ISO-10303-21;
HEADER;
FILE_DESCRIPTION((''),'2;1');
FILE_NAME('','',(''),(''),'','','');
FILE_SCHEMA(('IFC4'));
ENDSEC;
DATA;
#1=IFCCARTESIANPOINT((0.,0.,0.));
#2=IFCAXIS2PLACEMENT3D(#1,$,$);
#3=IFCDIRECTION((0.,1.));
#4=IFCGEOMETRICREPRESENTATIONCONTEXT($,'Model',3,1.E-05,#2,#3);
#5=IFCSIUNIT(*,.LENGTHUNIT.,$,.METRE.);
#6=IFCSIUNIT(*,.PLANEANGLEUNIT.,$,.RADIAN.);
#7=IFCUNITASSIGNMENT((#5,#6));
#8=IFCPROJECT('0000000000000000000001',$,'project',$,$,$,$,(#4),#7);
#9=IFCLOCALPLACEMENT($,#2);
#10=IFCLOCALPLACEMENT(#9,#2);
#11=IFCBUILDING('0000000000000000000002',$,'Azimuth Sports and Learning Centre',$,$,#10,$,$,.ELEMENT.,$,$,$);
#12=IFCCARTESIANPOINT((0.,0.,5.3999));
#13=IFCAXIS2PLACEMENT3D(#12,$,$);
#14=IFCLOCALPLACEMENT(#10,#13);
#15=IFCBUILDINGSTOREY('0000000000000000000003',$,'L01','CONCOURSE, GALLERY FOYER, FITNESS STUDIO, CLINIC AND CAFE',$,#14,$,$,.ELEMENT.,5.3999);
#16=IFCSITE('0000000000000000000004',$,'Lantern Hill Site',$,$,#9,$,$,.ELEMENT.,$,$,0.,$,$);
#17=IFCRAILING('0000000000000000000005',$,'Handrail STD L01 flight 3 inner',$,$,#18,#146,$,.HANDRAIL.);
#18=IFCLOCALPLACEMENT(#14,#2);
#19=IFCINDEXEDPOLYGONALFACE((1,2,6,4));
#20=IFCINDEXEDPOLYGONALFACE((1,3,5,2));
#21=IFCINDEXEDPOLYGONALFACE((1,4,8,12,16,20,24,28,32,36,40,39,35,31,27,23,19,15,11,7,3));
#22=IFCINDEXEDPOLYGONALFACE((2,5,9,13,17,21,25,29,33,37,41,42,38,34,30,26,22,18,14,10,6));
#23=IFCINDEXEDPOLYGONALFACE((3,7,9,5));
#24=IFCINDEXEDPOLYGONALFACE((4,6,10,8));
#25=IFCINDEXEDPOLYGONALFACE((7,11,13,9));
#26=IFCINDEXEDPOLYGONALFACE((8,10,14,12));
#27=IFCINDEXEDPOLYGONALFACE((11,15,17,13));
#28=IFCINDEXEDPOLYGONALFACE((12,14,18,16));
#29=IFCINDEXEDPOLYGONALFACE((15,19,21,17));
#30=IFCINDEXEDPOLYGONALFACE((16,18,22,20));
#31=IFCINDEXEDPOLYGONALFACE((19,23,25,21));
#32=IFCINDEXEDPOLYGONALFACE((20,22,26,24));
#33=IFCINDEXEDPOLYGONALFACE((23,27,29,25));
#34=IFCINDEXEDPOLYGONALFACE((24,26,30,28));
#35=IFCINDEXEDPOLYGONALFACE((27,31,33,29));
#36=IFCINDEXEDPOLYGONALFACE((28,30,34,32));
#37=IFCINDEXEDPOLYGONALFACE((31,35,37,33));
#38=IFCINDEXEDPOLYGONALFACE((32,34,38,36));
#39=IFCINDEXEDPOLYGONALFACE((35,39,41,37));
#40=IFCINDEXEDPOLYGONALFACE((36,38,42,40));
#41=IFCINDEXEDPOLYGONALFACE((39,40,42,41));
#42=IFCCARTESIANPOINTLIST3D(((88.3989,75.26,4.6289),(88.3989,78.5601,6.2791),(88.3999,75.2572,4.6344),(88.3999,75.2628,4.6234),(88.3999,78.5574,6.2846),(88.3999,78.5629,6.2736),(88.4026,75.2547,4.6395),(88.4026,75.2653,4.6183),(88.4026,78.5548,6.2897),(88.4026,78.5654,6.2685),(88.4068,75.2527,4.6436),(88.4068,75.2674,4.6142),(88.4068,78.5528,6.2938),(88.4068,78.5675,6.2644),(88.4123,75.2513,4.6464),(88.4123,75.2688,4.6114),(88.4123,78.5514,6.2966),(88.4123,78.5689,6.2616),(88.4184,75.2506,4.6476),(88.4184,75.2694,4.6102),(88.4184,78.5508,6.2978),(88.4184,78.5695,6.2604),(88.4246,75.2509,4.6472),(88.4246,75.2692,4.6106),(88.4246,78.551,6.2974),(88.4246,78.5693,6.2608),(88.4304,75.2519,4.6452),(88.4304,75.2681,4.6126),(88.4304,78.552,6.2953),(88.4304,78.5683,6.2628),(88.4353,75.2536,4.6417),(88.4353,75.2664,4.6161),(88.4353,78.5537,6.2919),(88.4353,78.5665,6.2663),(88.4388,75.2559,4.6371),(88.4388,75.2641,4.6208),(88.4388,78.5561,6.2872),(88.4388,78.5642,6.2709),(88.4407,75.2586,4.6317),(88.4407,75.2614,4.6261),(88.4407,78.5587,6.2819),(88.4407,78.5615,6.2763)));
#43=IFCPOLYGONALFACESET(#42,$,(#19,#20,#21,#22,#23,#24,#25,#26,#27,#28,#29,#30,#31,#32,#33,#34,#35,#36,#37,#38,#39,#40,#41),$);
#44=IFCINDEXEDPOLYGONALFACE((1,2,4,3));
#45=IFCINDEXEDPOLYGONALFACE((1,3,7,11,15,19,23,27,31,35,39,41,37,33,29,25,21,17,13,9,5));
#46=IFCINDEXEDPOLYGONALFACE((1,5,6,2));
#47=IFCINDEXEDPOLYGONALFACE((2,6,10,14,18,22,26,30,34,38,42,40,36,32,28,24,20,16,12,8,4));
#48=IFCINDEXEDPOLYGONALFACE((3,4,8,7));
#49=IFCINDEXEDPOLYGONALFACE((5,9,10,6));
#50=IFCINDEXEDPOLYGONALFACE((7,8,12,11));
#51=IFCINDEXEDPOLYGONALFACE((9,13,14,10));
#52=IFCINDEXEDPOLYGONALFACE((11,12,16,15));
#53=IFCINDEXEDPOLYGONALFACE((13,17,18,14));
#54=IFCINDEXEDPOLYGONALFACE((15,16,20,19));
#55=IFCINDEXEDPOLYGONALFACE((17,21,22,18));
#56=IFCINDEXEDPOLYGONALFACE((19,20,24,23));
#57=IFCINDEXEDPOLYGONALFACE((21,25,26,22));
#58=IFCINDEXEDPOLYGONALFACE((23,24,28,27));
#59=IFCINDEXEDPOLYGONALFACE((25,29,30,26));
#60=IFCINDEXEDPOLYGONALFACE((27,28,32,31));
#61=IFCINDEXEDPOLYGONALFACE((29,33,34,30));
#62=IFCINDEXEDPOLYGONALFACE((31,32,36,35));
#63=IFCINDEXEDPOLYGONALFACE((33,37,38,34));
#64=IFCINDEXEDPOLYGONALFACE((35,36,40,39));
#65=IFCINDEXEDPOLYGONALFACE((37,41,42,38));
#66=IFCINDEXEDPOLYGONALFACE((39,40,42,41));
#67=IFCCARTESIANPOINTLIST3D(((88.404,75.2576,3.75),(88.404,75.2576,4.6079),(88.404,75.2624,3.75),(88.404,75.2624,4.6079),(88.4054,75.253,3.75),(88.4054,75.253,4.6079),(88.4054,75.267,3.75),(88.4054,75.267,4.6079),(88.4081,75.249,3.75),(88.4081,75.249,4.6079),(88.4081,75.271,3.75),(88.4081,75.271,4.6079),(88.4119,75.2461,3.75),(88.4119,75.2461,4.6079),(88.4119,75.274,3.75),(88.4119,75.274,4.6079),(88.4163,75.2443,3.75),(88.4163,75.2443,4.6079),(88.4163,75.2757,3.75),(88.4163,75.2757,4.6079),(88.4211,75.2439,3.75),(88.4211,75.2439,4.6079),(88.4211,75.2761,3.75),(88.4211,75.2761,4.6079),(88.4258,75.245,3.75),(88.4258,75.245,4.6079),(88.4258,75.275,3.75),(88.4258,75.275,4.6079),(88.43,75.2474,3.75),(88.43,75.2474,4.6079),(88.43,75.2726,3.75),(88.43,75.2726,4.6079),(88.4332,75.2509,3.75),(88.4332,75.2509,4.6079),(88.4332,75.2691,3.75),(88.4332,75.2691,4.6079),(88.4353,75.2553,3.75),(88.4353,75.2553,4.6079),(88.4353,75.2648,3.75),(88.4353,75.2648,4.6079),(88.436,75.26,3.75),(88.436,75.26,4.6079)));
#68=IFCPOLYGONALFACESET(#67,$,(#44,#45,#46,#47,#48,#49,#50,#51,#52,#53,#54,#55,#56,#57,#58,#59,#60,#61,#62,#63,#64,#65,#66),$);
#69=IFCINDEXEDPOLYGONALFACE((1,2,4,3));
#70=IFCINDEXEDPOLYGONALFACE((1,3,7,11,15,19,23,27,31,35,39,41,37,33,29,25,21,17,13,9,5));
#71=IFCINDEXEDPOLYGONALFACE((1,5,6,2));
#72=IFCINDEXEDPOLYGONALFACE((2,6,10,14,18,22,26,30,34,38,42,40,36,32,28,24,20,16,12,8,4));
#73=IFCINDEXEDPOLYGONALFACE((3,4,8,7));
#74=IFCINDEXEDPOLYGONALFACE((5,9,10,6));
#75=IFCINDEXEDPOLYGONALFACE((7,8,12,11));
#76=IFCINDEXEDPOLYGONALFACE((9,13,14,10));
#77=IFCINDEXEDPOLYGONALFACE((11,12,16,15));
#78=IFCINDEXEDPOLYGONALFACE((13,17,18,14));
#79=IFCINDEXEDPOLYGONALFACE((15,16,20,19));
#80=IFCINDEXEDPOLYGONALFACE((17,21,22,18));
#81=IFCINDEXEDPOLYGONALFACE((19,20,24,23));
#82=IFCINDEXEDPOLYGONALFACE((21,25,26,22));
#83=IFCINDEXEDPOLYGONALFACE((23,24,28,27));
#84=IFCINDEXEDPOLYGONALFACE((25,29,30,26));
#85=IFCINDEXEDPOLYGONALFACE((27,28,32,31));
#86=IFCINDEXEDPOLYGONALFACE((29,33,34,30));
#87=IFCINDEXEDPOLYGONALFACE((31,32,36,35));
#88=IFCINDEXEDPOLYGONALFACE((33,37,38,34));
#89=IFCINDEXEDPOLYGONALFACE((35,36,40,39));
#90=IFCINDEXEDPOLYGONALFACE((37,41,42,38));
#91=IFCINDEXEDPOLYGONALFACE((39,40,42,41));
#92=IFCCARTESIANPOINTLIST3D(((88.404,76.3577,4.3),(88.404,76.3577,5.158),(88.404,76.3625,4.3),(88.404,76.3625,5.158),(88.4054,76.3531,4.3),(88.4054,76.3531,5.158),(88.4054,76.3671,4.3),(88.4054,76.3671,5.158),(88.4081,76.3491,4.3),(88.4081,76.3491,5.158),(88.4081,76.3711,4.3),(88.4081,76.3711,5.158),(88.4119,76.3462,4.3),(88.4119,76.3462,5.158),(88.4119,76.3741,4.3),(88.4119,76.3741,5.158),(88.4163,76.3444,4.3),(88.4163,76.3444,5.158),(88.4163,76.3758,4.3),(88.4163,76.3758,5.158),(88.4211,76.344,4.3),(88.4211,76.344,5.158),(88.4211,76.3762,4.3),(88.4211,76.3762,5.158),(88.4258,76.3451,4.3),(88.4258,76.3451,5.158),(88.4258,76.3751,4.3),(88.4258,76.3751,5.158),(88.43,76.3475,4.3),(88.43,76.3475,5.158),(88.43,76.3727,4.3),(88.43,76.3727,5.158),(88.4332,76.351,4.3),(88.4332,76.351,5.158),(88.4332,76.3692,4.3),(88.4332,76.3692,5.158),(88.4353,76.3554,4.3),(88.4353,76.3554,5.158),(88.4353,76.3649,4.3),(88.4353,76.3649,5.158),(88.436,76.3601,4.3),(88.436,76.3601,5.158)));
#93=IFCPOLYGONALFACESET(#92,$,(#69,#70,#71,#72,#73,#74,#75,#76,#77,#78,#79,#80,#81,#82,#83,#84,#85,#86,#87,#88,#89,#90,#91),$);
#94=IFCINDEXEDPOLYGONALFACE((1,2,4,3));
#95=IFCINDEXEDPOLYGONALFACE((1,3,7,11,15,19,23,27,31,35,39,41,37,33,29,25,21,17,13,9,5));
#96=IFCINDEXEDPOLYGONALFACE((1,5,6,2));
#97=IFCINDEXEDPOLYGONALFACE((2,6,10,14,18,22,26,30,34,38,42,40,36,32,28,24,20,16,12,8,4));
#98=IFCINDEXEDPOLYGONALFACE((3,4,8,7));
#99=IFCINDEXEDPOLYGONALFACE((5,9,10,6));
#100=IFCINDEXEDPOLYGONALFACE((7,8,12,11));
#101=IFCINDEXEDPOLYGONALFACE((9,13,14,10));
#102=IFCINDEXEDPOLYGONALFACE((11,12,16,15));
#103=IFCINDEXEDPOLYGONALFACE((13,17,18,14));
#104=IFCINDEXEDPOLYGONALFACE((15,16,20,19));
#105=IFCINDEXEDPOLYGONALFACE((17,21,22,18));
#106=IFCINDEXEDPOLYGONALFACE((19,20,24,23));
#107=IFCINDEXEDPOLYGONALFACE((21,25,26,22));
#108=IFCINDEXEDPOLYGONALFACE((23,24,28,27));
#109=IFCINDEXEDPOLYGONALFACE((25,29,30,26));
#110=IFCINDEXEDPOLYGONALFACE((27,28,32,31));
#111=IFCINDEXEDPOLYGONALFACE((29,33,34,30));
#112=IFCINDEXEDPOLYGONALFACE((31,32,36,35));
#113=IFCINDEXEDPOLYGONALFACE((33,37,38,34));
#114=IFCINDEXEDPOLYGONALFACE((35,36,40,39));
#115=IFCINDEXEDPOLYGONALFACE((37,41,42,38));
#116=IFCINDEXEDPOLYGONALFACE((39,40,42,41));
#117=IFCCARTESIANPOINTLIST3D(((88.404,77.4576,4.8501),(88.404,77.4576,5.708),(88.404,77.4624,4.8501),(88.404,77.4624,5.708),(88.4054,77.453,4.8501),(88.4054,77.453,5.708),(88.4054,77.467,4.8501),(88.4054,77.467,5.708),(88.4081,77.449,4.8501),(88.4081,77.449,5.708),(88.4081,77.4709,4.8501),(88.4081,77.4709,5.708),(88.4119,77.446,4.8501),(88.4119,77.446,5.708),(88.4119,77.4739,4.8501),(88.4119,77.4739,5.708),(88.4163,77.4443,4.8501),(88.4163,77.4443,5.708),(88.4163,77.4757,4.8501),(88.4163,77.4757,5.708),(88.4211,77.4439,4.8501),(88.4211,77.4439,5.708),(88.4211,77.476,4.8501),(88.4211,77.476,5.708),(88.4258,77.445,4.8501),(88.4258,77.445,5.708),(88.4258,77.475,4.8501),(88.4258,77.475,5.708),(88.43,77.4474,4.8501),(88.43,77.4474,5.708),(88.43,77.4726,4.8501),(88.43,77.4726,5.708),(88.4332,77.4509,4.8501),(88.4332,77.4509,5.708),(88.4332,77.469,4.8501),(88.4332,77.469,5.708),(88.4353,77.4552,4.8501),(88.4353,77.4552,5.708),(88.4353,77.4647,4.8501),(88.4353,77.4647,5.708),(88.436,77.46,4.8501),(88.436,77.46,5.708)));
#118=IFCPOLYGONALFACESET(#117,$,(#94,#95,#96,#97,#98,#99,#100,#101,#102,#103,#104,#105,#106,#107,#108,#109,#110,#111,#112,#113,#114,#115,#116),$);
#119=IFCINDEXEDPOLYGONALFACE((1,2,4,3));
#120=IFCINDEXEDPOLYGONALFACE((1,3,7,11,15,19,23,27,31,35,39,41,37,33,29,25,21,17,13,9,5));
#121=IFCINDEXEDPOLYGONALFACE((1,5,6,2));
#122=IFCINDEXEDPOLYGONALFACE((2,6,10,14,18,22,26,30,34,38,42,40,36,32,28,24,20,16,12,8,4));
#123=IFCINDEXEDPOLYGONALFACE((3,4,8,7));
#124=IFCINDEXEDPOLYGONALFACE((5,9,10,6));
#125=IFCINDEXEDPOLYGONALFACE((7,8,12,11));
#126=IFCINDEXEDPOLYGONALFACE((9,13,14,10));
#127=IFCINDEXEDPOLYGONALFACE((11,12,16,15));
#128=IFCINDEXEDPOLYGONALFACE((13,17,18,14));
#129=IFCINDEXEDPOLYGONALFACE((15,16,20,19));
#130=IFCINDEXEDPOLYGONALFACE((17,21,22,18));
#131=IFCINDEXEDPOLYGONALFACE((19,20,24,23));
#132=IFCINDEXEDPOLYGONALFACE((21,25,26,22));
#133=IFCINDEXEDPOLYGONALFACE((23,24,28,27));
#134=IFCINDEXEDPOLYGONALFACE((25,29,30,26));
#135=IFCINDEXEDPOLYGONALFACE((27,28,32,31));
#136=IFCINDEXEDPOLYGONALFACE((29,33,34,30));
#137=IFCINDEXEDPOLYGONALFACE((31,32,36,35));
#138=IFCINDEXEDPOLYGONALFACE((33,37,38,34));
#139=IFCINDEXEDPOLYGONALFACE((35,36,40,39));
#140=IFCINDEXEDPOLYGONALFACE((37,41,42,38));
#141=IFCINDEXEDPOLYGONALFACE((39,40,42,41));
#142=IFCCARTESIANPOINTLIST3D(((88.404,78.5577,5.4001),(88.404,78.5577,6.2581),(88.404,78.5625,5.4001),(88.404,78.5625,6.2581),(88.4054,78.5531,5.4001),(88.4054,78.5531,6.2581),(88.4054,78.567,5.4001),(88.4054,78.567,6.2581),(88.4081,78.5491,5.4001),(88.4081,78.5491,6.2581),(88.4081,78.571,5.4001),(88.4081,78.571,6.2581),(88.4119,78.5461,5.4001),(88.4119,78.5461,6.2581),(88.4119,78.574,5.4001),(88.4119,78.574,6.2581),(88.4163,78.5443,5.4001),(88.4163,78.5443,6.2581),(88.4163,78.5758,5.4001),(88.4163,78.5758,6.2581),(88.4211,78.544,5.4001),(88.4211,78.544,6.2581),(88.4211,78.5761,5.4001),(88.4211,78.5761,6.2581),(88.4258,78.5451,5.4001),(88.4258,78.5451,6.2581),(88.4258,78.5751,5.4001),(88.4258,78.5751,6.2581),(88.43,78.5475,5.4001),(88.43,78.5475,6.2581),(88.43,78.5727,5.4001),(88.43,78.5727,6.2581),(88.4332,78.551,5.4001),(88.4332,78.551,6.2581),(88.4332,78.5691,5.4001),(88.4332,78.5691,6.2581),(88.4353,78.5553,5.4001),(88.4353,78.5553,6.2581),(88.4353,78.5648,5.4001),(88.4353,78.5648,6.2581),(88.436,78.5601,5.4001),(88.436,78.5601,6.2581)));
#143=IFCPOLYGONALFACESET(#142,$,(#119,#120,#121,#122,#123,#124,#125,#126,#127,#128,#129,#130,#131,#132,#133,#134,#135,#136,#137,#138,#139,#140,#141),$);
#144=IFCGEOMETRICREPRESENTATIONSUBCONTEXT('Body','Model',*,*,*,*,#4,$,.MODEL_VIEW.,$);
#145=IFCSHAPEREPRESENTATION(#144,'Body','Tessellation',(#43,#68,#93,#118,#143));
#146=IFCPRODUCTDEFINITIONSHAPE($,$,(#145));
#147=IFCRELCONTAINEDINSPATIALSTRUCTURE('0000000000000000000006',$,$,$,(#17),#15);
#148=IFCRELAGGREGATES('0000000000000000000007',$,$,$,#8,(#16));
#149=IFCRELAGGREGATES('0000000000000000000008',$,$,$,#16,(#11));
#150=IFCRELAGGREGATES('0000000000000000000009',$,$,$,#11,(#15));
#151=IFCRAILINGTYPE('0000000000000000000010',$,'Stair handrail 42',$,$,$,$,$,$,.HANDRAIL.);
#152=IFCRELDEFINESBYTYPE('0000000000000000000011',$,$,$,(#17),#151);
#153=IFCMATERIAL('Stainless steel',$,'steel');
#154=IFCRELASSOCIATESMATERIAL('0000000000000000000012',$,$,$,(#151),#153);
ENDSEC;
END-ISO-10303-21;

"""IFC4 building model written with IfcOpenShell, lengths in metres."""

from ifc_helpers import new_model, si_unit, direction, frame, origin, origin_2d, place, context, subcontext, project, spatial, circle, extrude, material, type_object, element, save


model = new_model("IFC4")

# Units and contexts
model_context = context("Model", 3, precision=1e-05, world=origin(), true_north=direction((0.0, 1.0)))
body_context = subcontext(model_context, "Body", "Model", "MODEL_VIEW")
ifc_project = project(units=[si_unit("LENGTHUNIT", "METRE"), si_unit("PLANEANGLEUNIT", "RADIAN")], contexts=[model_context])

# Site, building, storey
site_placement = place(None, origin())
site = spatial("IfcSite", under=ifc_project, at=site_placement, Name="Lantern Hill Site", CompositionType="ELEMENT", RefElevation=0.0)
building_placement = place(site_placement, origin())
building = spatial("IfcBuilding", under=site, at=building_placement, Name="Azimuth Sports and Learning Centre", CompositionType="ELEMENT")
storey_placement = place(building_placement, frame((0.0, 0.0, 5.3999)))
storey = spatial("IfcBuildingStorey", under=building, at=storey_placement, Name="L01", Description="CONCOURSE, GALLERY FOYER, FITNESS STUDIO, CLINIC AND CAFE", CompositionType="ELEMENT", Elevation=5.3999)

# Railing
ifc_material_1 = material(Name="Stainless steel", Category="steel")
railing_type_1 = type_object("IfcRailingType", Name="Stair handrail 42", PredefinedType="HANDRAIL", material=ifc_material_1)
for number, where, name in (
    (1, (88.4199, 75.26, 3.75), "Handrail STD L01 flight 3 inner"),
):
    element("IfcRailing", number, at=place(storey_placement, frame(where)), inside=storey, type_object=railing_type_1, Name=name, PredefinedType="HANDRAIL", context=body_context, shape_type="SweptSolid", body=[
        extrude(circle(Radius=0.021, at=origin_2d()), frame((0.0, 0.0, 0.8789), z_axis=(0.0, 0.894414, 0.44724), x_axis=(-1.0, 0.0, 0.0)), (0.0, 0.0, 1.0), 3.6897),
        extrude(circle(Radius=0.0161, at=origin_2d()), origin(), (0.0, 0.0, 1.0), 0.8579),
        extrude(circle(Radius=0.0161, at=origin_2d()), frame((0.0, 1.1001, 0.55)), (0.0, 0.0, 1.0), 0.8579),
        extrude(circle(Radius=0.0161, at=origin_2d()), frame((0.0, 2.2, 1.1001)), (0.0, 0.0, 1.0), 0.8579),
        extrude(circle(Radius=0.0161, at=origin_2d()), frame((0.0, 3.3, 1.6501)), (0.0, 0.0, 1.0), 0.8579),
    ])

save(model, "model.ifc")
